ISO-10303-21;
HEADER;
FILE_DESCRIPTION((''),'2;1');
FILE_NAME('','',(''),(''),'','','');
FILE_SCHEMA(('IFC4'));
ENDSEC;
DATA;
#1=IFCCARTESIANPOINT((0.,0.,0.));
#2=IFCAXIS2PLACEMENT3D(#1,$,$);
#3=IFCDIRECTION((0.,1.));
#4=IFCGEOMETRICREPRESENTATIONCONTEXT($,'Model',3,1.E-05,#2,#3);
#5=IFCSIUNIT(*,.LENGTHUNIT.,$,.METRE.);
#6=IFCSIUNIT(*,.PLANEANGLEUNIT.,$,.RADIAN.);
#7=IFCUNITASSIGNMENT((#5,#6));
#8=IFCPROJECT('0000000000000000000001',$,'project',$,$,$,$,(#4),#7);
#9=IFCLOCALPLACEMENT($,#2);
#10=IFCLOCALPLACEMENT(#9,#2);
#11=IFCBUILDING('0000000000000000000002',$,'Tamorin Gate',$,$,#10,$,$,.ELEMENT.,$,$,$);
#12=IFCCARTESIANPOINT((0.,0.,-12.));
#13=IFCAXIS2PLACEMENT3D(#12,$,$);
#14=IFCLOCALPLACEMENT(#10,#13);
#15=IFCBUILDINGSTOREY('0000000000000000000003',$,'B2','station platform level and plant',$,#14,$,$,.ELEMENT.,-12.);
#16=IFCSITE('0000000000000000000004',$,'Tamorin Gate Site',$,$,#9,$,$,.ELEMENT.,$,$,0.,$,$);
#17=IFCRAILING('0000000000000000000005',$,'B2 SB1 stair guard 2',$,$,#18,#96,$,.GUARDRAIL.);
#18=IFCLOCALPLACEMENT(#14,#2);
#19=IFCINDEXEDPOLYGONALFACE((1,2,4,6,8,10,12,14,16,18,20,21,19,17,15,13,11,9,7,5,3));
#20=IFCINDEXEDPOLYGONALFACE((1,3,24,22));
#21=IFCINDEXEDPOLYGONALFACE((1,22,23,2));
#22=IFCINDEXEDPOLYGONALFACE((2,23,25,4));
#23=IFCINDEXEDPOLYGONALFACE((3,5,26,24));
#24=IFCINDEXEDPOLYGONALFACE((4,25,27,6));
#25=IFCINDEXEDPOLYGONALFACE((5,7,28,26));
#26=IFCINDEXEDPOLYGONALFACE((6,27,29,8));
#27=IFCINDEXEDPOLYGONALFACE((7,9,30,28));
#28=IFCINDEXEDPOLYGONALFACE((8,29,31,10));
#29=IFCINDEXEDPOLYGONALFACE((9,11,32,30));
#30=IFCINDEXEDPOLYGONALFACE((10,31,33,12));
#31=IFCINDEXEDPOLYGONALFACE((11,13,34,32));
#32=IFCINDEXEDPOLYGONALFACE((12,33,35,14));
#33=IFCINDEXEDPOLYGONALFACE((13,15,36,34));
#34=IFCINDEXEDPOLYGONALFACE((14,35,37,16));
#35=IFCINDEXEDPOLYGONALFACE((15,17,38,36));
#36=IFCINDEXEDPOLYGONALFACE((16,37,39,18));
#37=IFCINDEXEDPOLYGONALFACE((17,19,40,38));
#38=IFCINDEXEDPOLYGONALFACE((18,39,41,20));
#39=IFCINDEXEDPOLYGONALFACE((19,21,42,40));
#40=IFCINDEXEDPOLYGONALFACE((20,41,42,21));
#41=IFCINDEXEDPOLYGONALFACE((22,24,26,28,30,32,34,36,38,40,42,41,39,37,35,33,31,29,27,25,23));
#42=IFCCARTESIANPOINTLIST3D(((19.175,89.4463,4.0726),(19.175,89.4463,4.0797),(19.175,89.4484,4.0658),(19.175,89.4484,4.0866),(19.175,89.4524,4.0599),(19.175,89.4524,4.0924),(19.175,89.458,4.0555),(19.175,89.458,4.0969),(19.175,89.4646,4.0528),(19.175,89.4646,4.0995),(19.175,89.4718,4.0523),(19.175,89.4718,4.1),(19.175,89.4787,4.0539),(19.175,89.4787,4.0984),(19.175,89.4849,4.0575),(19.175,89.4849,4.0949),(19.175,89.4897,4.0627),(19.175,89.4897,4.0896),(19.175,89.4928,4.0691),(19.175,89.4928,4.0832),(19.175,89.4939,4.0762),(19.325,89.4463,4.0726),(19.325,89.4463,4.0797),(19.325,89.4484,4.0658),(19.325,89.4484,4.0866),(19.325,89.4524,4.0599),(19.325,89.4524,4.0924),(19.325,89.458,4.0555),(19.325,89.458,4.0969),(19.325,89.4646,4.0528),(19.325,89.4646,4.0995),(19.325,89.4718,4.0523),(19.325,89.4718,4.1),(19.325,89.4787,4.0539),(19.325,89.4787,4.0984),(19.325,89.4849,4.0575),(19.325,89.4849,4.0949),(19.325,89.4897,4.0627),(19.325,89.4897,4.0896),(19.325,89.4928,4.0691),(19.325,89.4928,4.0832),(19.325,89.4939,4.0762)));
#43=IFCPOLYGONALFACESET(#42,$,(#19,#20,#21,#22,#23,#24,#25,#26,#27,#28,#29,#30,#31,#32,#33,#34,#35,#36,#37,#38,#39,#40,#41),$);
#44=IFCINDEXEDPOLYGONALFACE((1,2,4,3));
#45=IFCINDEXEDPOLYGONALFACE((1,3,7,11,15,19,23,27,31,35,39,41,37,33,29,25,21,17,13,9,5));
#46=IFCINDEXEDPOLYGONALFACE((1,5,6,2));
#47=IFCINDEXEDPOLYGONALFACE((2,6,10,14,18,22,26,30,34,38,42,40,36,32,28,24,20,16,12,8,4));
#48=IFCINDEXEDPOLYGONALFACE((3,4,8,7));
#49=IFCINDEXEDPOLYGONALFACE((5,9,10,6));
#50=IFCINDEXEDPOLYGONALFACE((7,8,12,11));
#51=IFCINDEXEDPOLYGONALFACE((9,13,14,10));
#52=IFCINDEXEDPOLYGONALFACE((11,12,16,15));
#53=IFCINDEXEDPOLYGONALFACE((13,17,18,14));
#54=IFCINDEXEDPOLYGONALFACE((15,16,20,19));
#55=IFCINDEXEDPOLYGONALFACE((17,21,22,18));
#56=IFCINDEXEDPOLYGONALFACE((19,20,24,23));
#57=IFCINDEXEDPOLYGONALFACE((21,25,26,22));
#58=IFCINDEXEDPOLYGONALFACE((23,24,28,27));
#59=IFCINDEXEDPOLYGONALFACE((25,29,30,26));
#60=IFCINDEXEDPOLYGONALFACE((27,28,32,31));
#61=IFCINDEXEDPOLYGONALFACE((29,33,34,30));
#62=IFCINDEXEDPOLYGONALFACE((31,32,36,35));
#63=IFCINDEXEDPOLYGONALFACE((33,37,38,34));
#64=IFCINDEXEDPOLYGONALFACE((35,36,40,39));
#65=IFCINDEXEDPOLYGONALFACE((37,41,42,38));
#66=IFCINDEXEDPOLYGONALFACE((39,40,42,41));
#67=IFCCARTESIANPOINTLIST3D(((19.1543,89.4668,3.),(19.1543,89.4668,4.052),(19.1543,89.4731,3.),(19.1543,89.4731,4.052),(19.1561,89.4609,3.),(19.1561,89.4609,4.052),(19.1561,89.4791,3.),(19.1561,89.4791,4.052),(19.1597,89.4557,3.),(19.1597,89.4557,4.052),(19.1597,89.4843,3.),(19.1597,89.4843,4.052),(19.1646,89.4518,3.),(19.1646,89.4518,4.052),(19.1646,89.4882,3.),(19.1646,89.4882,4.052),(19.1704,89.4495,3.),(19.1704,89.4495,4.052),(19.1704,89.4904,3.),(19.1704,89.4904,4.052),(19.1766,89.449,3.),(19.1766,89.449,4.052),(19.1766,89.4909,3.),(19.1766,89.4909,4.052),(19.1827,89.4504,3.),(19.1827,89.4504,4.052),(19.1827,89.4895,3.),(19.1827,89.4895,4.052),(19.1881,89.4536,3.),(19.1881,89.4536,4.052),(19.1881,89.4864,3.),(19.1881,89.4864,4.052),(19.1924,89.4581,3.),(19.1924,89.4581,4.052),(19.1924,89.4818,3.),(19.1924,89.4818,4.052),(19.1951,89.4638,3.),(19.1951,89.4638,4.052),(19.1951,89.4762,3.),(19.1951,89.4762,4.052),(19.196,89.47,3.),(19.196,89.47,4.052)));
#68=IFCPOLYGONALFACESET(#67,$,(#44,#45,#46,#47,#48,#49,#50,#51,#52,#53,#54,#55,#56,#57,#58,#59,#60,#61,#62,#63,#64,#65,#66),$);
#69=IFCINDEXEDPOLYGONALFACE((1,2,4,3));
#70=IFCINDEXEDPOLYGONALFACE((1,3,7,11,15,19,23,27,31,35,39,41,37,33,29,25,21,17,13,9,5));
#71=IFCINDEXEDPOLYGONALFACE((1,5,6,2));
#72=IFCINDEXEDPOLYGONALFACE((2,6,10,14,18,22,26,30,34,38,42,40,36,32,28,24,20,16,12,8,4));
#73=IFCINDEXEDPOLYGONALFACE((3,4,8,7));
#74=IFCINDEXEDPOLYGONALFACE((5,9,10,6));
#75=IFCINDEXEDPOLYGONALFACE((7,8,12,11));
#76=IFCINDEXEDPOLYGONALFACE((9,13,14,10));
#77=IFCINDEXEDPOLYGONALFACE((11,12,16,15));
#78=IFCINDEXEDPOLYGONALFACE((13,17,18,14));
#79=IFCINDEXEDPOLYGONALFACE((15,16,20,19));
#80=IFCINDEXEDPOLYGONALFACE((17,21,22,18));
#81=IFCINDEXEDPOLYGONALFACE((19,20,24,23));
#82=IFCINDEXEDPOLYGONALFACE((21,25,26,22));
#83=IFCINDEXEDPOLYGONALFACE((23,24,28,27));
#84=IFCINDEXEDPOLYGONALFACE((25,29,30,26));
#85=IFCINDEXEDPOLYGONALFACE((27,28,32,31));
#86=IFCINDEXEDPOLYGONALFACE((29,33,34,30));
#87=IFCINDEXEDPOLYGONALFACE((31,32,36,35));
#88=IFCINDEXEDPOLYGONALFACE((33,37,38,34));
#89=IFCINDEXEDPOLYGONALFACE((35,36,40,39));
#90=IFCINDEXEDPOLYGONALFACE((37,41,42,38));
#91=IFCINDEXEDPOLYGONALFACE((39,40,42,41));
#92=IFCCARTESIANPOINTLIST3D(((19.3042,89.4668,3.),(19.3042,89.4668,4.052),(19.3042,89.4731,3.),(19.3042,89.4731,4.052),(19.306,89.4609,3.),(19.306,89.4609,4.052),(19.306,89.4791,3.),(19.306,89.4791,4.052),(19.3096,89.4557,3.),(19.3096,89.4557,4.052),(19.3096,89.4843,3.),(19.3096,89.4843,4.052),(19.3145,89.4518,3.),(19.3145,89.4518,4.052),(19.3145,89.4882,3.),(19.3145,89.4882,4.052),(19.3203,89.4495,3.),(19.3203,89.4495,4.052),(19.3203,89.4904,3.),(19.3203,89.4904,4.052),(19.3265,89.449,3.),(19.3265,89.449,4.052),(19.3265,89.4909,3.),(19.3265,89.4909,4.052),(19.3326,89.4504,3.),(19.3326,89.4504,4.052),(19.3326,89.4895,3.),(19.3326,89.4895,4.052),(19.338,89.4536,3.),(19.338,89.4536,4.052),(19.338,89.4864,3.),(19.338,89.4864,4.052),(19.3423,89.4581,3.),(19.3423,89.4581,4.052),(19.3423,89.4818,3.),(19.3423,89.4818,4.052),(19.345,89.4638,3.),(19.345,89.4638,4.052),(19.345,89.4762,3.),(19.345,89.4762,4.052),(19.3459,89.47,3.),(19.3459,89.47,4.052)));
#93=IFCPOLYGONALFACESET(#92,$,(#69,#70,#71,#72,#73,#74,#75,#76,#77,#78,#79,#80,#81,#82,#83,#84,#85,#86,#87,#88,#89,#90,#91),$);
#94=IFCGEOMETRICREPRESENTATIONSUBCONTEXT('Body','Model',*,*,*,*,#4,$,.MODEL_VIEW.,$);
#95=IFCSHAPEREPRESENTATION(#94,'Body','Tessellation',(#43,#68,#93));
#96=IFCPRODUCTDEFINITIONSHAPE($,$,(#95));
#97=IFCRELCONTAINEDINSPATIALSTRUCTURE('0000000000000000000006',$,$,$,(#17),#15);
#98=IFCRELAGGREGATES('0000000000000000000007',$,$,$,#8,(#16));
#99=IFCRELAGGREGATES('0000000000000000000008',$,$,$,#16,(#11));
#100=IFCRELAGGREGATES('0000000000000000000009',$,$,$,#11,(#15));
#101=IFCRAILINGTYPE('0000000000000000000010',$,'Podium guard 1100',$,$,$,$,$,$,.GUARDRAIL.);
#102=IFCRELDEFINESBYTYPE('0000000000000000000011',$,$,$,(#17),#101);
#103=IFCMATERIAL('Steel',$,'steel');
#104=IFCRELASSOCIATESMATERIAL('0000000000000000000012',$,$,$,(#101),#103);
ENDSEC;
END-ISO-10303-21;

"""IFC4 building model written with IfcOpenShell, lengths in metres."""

from ifc_helpers import new_model, si_unit, direction, frame, origin, origin_2d, place, context, subcontext, project, spatial, circle, extrude, material, type_object, element, save


model = new_model("IFC4")

# Units and contexts
model_context = context("Model", 3, precision=1e-05, world=origin(), true_north=direction((0.0, 1.0)))
body_context = subcontext(model_context, "Body", "Model", "MODEL_VIEW")
ifc_project = project(units=[si_unit("LENGTHUNIT", "METRE"), si_unit("PLANEANGLEUNIT", "RADIAN")], contexts=[model_context])

# Site, building, storey
site_placement = place(None, origin())
site = spatial("IfcSite", under=ifc_project, at=site_placement, Name="Tamorin Gate Site", CompositionType="ELEMENT", RefElevation=0.0)
building_placement = place(site_placement, origin())
building = spatial("IfcBuilding", under=site, at=building_placement, Name="Tamorin Gate", CompositionType="ELEMENT")
storey_placement = place(building_placement, frame((0.0, 0.0, -12.0)))
storey = spatial("IfcBuildingStorey", under=building, at=storey_placement, Name="B2", Description="station platform level and plant", CompositionType="ELEMENT", Elevation=-12.0)

# Railing
ifc_material_1 = material(Name="Steel", Category="steel")
railing_type_1 = type_object("IfcRailingType", Name="Podium guard 1100", PredefinedType="GUARDRAIL", material=ifc_material_1)
railing_1_placement = place(storey_placement, frame((19.175, 89.47, 3.0)))
element("IfcRailing", 1, at=railing_1_placement, inside=storey, type_object=railing_type_1, Name="B2 SB1 stair guard 2", PredefinedType="GUARDRAIL", context=body_context, shape_type="SweptSolid", body=[
    extrude(circle(Radius=0.0239, at=origin_2d()), frame((0.0, 0.0, 1.0762), z_axis=(1.0, 0.0, 0.0), x_axis=(0.0, 1.0, 0.0)), (0.0, 0.0, 1.0), 0.1499),
    extrude(circle(Radius=0.021, at=origin_2d()), origin(), (0.0, 0.0, 1.0), 1.052),
    extrude(circle(Radius=0.021, at=origin_2d()), frame((0.1499, 0.0, 0.0)), (0.0, 0.0, 1.0), 1.052),
])

save(model, "model.ifc")
